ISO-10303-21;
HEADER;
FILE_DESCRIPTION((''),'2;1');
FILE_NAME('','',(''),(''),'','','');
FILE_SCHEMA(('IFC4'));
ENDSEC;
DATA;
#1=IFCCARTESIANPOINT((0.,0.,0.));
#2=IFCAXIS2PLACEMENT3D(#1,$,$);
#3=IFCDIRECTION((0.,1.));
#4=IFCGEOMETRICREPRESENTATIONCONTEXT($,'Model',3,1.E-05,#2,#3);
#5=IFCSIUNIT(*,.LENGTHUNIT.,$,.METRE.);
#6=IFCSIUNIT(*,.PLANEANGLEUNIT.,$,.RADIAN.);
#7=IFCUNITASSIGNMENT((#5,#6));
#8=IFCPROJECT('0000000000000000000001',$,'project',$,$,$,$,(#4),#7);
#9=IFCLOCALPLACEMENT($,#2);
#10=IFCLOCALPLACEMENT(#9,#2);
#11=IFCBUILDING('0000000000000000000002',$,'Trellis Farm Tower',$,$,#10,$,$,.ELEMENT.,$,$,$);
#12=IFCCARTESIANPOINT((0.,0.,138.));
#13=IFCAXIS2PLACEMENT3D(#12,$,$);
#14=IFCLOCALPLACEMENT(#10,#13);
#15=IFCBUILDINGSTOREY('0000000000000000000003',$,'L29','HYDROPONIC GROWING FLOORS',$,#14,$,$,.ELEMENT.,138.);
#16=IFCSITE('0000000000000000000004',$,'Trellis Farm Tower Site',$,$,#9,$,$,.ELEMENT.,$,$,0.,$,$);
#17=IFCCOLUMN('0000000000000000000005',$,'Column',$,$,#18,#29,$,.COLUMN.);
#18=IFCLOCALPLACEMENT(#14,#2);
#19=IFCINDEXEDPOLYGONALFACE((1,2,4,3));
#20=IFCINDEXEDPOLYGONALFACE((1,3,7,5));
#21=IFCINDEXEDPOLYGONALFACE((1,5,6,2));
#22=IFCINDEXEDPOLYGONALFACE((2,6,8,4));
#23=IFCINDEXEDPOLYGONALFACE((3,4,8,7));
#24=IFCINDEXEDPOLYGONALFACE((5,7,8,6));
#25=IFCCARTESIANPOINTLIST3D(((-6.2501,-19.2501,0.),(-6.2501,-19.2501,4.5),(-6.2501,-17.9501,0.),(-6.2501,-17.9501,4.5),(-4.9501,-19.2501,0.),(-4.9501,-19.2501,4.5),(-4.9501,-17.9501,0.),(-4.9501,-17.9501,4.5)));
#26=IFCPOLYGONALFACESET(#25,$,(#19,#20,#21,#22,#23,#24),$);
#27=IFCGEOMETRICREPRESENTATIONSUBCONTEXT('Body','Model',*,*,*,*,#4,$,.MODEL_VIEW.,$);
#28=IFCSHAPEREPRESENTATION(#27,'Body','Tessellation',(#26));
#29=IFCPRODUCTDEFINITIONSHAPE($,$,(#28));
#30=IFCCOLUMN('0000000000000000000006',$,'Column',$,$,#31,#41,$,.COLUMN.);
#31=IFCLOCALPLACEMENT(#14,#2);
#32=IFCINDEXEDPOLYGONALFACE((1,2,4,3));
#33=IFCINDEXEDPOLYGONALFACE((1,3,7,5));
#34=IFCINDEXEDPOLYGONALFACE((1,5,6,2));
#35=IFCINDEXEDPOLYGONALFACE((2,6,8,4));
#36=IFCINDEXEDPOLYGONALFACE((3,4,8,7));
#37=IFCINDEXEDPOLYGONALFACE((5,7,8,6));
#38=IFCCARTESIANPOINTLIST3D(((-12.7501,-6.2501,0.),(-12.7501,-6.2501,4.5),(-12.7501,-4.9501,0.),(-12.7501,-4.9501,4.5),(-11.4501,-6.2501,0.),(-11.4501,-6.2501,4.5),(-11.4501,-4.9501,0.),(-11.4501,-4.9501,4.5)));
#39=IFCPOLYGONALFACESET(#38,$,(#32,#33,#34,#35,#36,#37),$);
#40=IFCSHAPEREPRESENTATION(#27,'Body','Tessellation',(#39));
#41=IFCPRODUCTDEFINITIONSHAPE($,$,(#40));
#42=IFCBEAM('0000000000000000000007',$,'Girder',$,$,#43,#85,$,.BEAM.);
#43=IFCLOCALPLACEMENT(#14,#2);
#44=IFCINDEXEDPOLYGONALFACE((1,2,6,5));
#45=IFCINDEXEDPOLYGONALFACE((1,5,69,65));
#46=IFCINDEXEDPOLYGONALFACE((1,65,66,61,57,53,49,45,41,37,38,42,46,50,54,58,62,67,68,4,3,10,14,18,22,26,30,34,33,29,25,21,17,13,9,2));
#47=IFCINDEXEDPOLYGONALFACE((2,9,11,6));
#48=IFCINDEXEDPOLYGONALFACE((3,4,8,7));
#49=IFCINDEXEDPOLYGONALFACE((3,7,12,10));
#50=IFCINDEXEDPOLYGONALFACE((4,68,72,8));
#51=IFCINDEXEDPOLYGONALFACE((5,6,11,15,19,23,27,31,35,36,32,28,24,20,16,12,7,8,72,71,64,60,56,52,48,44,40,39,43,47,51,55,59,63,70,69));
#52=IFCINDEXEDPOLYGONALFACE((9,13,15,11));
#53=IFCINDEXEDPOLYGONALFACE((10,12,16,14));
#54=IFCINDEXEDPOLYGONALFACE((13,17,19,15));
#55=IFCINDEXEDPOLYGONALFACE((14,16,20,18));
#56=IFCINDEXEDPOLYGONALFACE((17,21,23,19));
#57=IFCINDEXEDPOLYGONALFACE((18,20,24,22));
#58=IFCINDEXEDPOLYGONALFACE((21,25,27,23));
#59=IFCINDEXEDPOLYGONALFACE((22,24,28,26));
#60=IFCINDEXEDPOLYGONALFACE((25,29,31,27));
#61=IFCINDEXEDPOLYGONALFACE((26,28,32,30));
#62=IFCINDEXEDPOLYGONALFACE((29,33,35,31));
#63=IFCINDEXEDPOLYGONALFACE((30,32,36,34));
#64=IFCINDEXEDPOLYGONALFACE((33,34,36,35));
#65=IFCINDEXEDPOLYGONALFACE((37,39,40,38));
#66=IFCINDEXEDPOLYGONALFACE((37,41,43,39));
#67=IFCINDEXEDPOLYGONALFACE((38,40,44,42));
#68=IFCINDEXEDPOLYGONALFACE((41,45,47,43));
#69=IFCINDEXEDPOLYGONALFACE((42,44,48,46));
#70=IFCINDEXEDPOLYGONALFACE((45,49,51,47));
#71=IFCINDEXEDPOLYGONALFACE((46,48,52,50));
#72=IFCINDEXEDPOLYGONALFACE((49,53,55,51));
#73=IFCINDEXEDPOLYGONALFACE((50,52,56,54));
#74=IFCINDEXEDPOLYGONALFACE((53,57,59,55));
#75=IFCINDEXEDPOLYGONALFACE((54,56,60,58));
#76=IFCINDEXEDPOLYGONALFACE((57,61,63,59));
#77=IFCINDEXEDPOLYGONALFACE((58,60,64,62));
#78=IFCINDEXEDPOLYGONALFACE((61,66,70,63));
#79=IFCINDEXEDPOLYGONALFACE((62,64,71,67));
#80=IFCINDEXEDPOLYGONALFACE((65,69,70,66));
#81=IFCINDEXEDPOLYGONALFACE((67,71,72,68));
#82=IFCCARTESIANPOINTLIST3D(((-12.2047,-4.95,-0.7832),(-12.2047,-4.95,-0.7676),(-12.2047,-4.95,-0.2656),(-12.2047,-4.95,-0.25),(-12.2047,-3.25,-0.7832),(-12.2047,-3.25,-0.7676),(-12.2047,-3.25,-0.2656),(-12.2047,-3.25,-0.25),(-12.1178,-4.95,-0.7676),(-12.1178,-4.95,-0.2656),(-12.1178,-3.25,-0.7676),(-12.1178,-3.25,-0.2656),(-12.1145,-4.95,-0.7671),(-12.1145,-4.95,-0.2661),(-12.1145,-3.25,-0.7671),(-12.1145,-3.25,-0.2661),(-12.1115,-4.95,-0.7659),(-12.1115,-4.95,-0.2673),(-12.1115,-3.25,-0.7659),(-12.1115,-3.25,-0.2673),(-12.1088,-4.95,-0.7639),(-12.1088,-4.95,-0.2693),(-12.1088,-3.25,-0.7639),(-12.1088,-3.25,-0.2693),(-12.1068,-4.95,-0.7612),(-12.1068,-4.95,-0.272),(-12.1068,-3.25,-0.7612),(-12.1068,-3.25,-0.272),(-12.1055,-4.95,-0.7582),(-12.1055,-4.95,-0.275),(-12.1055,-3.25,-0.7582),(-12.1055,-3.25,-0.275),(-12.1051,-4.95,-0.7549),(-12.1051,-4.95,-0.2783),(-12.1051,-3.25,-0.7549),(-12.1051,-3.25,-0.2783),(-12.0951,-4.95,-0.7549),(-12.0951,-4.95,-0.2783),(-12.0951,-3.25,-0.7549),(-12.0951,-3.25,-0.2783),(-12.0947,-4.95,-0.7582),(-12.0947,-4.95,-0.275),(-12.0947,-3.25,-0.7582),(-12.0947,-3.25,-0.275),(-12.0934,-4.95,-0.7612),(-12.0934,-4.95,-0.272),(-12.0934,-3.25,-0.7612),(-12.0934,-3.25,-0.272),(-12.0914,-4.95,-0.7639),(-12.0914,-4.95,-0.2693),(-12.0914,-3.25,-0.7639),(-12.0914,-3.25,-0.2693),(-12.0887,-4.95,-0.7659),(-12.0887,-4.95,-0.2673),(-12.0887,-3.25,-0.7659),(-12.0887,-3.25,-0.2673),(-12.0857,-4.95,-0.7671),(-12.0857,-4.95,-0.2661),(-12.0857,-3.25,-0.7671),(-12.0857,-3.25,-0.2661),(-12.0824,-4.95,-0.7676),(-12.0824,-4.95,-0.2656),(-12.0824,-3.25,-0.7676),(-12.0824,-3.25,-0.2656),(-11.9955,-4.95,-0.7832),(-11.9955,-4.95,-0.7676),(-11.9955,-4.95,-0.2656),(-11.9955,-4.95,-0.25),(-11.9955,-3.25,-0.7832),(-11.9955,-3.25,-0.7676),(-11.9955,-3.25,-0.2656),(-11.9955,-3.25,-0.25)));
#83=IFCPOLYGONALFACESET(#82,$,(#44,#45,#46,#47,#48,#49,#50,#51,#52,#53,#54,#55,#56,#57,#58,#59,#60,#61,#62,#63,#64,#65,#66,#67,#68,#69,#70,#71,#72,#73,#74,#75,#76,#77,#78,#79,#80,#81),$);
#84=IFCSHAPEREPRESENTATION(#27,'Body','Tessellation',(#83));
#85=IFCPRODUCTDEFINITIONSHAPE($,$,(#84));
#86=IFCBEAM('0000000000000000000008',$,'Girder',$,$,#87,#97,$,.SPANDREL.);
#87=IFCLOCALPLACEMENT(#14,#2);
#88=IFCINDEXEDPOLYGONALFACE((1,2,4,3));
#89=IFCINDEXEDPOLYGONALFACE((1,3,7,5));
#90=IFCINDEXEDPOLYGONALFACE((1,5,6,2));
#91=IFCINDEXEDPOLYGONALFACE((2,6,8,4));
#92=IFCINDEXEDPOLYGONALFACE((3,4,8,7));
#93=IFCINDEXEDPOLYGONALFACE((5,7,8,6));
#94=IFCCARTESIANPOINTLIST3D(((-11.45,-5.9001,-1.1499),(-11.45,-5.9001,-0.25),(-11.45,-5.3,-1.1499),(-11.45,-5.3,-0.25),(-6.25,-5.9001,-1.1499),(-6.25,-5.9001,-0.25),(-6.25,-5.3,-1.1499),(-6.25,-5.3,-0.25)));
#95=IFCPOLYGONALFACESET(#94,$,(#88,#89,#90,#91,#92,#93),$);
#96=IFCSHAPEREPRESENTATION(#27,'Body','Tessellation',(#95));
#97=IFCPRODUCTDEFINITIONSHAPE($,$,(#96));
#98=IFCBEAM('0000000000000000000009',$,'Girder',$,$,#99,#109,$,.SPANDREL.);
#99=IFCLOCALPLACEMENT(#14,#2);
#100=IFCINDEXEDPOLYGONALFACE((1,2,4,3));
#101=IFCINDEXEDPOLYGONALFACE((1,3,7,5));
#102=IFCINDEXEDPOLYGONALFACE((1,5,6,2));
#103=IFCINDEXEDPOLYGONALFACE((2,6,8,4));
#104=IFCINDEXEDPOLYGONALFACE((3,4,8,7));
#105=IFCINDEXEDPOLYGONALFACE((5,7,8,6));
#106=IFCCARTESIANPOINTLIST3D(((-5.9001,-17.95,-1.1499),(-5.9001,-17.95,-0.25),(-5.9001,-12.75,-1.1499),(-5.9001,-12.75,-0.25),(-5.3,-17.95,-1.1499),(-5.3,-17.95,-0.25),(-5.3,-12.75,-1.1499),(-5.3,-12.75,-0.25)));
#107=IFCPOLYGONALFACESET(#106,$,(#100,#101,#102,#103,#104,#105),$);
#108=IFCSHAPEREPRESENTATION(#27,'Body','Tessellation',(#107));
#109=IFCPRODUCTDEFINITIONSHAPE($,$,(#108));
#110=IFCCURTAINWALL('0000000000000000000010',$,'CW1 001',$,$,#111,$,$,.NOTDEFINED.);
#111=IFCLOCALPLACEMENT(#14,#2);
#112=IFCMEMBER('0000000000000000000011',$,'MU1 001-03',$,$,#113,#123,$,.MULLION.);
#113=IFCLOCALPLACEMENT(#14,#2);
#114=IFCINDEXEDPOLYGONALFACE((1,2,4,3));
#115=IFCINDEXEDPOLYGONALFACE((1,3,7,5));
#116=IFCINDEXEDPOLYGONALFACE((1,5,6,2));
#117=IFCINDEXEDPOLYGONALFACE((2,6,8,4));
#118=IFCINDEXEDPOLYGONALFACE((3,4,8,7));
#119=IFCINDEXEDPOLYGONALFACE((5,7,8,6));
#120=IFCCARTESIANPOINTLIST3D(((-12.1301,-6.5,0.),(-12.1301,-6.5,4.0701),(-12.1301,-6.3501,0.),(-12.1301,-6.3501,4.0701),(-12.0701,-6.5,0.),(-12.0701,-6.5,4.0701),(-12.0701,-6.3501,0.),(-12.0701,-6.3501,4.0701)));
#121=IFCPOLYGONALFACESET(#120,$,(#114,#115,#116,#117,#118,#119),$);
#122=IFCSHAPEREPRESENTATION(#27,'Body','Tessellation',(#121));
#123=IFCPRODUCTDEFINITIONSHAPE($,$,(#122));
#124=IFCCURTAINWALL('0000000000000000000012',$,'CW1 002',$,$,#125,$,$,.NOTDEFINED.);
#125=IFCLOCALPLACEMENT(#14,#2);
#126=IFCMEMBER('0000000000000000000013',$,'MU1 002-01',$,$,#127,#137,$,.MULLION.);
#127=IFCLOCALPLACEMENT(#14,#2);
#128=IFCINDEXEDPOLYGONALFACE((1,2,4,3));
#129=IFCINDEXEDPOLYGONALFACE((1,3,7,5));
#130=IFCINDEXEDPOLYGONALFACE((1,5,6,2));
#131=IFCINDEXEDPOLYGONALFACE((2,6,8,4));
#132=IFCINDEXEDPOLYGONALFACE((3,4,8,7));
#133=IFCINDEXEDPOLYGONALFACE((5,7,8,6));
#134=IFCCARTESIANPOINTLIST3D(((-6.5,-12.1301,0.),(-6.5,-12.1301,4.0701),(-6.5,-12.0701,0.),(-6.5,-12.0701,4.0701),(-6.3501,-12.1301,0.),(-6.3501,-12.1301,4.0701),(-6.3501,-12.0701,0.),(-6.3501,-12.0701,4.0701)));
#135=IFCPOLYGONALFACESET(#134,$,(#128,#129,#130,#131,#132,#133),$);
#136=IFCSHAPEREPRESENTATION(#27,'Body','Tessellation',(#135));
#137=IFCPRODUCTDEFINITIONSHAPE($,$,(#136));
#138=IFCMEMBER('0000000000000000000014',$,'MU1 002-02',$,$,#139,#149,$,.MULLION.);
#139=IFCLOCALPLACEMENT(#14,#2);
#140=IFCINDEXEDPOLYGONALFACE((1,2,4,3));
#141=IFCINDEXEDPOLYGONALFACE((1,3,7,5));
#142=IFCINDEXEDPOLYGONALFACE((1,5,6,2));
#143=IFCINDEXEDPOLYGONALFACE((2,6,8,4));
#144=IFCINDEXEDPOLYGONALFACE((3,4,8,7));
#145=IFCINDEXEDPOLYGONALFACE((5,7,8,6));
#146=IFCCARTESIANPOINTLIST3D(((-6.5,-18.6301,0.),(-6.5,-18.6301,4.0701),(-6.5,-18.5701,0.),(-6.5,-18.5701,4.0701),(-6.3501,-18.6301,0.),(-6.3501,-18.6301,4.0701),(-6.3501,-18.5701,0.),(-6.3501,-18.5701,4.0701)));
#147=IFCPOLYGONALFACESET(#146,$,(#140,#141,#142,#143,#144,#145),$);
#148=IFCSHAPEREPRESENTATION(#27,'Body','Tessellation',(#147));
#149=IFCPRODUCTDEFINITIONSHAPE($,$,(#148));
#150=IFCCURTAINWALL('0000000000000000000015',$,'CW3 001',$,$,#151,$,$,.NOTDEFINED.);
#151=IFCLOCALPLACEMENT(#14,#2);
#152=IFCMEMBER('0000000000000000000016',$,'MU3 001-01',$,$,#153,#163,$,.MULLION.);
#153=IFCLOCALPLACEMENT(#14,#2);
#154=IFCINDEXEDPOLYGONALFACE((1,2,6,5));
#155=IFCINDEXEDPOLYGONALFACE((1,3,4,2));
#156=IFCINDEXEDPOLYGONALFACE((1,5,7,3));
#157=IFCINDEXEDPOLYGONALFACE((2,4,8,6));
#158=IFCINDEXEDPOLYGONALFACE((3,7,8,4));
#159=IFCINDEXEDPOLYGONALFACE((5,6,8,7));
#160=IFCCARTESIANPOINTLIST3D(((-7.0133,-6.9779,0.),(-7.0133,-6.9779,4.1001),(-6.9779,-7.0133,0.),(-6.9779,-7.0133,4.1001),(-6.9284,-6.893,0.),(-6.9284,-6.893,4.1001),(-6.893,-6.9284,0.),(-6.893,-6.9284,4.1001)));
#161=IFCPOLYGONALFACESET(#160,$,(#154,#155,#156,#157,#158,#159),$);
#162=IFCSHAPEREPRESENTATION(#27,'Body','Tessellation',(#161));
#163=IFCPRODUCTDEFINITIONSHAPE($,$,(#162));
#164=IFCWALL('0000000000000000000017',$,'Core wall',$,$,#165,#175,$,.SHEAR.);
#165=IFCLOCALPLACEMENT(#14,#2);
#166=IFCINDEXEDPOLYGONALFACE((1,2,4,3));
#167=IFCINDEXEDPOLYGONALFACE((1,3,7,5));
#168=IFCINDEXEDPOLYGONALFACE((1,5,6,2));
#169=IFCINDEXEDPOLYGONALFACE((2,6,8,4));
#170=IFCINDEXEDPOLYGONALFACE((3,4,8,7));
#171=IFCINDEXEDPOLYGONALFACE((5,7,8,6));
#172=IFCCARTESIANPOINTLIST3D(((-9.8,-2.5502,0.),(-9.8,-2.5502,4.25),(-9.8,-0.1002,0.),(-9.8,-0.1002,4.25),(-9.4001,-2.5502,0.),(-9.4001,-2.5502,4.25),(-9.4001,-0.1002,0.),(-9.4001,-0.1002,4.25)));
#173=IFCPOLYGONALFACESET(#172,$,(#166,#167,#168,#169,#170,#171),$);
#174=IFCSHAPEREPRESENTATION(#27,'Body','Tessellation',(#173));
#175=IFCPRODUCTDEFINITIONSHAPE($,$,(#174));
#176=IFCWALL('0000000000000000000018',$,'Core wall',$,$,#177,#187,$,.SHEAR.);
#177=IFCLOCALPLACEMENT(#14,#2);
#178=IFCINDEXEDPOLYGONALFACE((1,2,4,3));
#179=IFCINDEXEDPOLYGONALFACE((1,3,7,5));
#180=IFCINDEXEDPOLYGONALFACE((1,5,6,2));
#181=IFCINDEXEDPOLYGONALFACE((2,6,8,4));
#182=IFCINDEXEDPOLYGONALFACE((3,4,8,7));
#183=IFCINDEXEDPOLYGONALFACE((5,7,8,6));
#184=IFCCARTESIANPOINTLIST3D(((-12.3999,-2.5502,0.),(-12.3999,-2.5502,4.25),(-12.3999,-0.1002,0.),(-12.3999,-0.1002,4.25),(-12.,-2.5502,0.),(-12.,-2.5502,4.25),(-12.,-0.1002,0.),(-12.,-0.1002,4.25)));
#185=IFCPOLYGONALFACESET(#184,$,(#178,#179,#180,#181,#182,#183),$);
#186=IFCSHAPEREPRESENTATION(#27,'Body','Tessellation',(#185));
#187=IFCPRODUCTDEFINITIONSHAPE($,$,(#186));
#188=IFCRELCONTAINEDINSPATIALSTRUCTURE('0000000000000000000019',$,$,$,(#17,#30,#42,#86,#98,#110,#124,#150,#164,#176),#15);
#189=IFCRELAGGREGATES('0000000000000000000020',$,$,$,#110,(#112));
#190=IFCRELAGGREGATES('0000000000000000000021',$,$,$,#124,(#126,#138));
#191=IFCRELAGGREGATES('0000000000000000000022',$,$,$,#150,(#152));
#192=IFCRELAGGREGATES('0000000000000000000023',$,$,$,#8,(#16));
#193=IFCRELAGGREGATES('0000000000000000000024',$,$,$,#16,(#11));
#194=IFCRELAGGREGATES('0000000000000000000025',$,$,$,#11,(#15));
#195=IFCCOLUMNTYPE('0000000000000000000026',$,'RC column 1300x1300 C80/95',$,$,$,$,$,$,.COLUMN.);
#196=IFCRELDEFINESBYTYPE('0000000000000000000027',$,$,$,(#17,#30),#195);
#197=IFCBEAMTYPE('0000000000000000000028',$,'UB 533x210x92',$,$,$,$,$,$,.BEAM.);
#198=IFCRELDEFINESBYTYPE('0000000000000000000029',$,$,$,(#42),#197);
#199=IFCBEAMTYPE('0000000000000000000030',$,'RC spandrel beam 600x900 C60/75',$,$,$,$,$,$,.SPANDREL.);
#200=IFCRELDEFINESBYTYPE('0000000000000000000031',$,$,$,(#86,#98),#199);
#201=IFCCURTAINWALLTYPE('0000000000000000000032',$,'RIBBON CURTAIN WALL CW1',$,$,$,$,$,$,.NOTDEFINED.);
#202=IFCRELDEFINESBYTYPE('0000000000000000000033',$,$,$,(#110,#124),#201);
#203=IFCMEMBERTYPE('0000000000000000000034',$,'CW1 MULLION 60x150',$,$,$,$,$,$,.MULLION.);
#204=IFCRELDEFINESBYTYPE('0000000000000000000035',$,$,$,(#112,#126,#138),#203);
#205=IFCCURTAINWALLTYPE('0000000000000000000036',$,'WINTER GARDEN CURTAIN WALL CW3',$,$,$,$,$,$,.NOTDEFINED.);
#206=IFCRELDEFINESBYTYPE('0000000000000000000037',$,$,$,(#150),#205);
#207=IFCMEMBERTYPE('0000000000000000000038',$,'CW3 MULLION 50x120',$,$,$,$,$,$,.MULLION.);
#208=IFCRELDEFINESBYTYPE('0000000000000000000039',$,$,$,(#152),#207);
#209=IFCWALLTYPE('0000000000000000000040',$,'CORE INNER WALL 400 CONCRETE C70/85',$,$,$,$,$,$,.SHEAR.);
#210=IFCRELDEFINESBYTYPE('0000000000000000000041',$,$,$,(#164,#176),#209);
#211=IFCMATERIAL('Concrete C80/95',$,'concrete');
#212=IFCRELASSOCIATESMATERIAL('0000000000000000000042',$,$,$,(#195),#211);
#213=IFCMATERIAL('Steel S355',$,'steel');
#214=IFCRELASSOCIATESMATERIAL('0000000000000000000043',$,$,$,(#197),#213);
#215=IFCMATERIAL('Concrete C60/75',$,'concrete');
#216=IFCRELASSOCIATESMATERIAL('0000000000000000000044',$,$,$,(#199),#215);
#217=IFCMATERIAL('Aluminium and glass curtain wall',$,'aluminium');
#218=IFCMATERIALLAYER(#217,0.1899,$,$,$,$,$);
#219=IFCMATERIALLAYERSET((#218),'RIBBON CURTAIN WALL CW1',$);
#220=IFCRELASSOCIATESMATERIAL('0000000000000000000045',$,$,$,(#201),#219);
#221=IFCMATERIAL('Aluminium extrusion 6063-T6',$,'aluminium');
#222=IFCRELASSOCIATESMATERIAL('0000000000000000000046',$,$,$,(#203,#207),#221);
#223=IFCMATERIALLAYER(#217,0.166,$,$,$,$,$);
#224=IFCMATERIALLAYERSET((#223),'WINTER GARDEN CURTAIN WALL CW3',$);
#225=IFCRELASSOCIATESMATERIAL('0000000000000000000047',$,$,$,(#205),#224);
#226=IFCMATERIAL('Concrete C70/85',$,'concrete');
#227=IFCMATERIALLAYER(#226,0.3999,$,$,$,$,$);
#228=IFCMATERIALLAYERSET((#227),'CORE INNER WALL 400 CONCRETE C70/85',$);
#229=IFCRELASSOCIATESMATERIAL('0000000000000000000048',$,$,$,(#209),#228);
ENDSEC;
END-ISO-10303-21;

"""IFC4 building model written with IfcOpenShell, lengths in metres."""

from ifc_helpers import new_model, si_unit, direction, frame, frame_2d, origin, origin_2d, place, context, subcontext, project, spatial, rectangle, i_section, extrude, source, transform, mapped, material, layer, layer_set, material_profile, profile_set, type_object, element, aggregate, save


model = new_model("IFC4")

# Units and contexts
model_context = context("Model", 3, precision=1e-05, world=origin(), true_north=direction((0.0, 1.0)))
body_context = subcontext(model_context, "Body", "Model", "MODEL_VIEW")
ifc_project = project(units=[si_unit("LENGTHUNIT", "METRE"), si_unit("PLANEANGLEUNIT", "RADIAN")], contexts=[model_context])

# Site, building, storey
site_placement = place(None, origin())
site = spatial("IfcSite", under=ifc_project, at=site_placement, Name="Trellis Farm Tower Site", CompositionType="ELEMENT", RefElevation=0.0)
building_placement = place(site_placement, origin())
building = spatial("IfcBuilding", under=site, at=building_placement, Name="Trellis Farm Tower", CompositionType="ELEMENT")
storey_placement = place(building_placement, frame((0.0, 0.0, 138.0)))
storey = spatial("IfcBuildingStorey", under=building, at=storey_placement, Name="L29", Description="HYDROPONIC GROWING FLOORS", CompositionType="ELEMENT", Elevation=138.0)

# Columns
ifc_material_1 = material(Name="Concrete C80/95", Category="concrete")
ifc_material_profile_1 = material_profile(ifc_material_1, rectangle(XDim=1.3, YDim=1.3, at=origin_2d()), Name="RC column 1300x1300 C80/95")
ifc_profile_set_1 = profile_set([ifc_material_profile_1], Name="Concrete C80/95")
column_type = type_object("IfcColumnType", Name="RC column 1300x1300 C80/95", PredefinedType="COLUMN", material=ifc_profile_set_1)
shared_shape_1 = source(origin(), body_context, "Body", "SweptSolid", [
    extrude(rectangle(XDim=1.3, YDim=1.3, at=origin_2d()), origin(), (0.0, 0.0, 1.0), 4.5),
])
for number, where, z_axis, x_axis, name in (
    (1, (-5.6001, -18.6001, 0.0), (0.0, 0.0, 1.0), (1.0, 0.0, 0.0), "Column"),
    (2, (-12.1001, -5.6001, 0.0), (0.0, 0.0, 1.0), (1.0, 0.0, 0.0), "Column"),
):
    element("IfcColumn", number, at=place(storey_placement, frame(where, z_axis=z_axis, x_axis=x_axis)), inside=storey, type_object=column_type, Name=name, PredefinedType="COLUMN", context=body_context, shape_type="MappedRepresentation", body=[
        mapped(shared_shape_1, transform((0.0, 0.0, 0.0))),
    ])

# Beams
ifc_material_2 = material(Name="Steel S355", Category="steel")
ifc_material_profile_2 = material_profile(ifc_material_2, i_section(OverallWidth=0.2092, OverallDepth=0.5332, WebThickness=0.01, FlangeThickness=0.0156, FilletRadius=0.0127, at=origin_2d()), Name="UB 533x210x92")
ifc_profile_set_2 = profile_set([ifc_material_profile_2], Name="Steel S355")
beam_type_1 = type_object("IfcBeamType", Name="UB 533x210x92", PredefinedType="BEAM", material=ifc_profile_set_2)
shared_shape_2 = source(origin(), body_context, "Body", "SweptSolid", [
    extrude(i_section(OverallWidth=0.2092, OverallDepth=0.5332, WebThickness=0.01, FlangeThickness=0.0156, FilletRadius=0.0127, at=origin_2d()), origin(), (0.0, 0.0, 1.0), 1.7),
])
beam_placement = place(storey_placement, frame((-12.1001, -4.95, -0.5166), z_axis=(0.0, 1.0, 0.0), x_axis=(-1.0, 0.0, 0.0)))
element("IfcBeam", 3, at=beam_placement, inside=storey, type_object=beam_type_1, Name="Girder", PredefinedType="BEAM", context=body_context, shape_type="MappedRepresentation", body=[
    mapped(shared_shape_2, transform((0.0, 0.0, 0.0))),
])
ifc_material_3 = material(Name="Concrete C60/75", Category="concrete")
ifc_material_profile_3 = material_profile(ifc_material_3, rectangle(XDim=0.6001, YDim=0.8999, at=origin_2d()), Name="RC spandrel beam 600x900 C60/75")
ifc_profile_set_3 = profile_set([ifc_material_profile_3], Name="Concrete C60/75")
beam_type_2 = type_object("IfcBeamType", Name="RC spandrel beam 600x900 C60/75", PredefinedType="SPANDREL", material=ifc_profile_set_3)
shared_shape_3 = source(origin(), body_context, "Body", "SweptSolid", [
    extrude(rectangle(XDim=0.6001, YDim=0.8999, at=origin_2d()), origin(), (0.0, 0.0, 1.0), 5.2),
])
for number, where, z_axis, x_axis, name in (
    (4, (-11.45, -5.6001, -0.7), (1.0, 0.0, 0.0), (0.0, 1.0, 0.0), "Girder"),
    (5, (-5.6001, -17.95, -0.7), (0.0, 1.0, 0.0), (-1.0, 0.0, 0.0), "Girder"),
):
    element("IfcBeam", number, at=place(storey_placement, frame(where, z_axis=z_axis, x_axis=x_axis)), inside=storey, type_object=beam_type_2, Name=name, PredefinedType="SPANDREL", context=body_context, shape_type="MappedRepresentation", body=[
        mapped(shared_shape_3, transform((0.0, 0.0, 0.0))),
    ])

# Curtain wall, member
ifc_material_4 = material(Name="Aluminium and glass curtain wall", Category="aluminium")
ifc_layer_1 = layer(ifc_material_4, 0.1899)
ifc_layer_set_1 = layer_set([ifc_layer_1], Name="RIBBON CURTAIN WALL CW1")
curtain_wall_type_1 = type_object("IfcCurtainWallType", Name="RIBBON CURTAIN WALL CW1", PredefinedType="NOTDEFINED", material=ifc_layer_set_1)
placement = place(storey_placement, origin())
curtain_wall_1 = element("IfcCurtainWall", 6, at=placement, inside=storey, type_object=curtain_wall_type_1, Name="CW1 001", PredefinedType="NOTDEFINED")
ifc_material_5 = material(Name="Aluminium extrusion 6063-T6", Category="aluminium")
ifc_material_profile_4 = material_profile(ifc_material_5, rectangle(XDim=0.0601, YDim=0.1499, at=origin_2d()), Name="MULLION 60x150")
ifc_profile_set_4 = profile_set([ifc_material_profile_4], Name="Aluminium extrusion 6063-T6")
member_type_1 = type_object("IfcMemberType", Name="CW1 MULLION 60x150", PredefinedType="MULLION", material=ifc_profile_set_4)
shared_shape_4 = source(origin(), body_context, "Body", "SweptSolid", [
    extrude(rectangle(XDim=0.0601, YDim=0.1499, at=origin_2d()), origin(), (0.0, 0.0, 1.0), 4.0701),
])
member_1_placement = place(storey_placement, frame((-12.1001, -6.425, 0.0), z_axis=(0.0, 0.0, 1.0), x_axis=(1.0, 0.0, 0.0)))
member_1 = element("IfcMember", 7, at=member_1_placement, type_object=member_type_1, Name="MU1 001-03", PredefinedType="MULLION", context=body_context, shape_type="MappedRepresentation", body=[
    mapped(shared_shape_4, transform((0.0, 0.0, 0.0))),
])
aggregate(curtain_wall_1, [member_1])

# Curtain wall, members
curtain_wall_2 = element("IfcCurtainWall", 8, at=placement, inside=storey, type_object=curtain_wall_type_1, Name="CW1 002", PredefinedType="NOTDEFINED")
member_2_placement = place(storey_placement, frame((-6.425, -12.1001, 0.0), z_axis=(0.0, 0.0, 1.0), x_axis=(0.0, -1.0, 0.0)))
member_2 = element("IfcMember", 9, at=member_2_placement, type_object=member_type_1, Name="MU1 002-01", PredefinedType="MULLION", context=body_context, shape_type="MappedRepresentation", body=[
    mapped(shared_shape_4, transform((0.0, 0.0, 0.0))),
])
member_3_placement = place(storey_placement, frame((-6.425, -18.6001, 0.0), z_axis=(0.0, 0.0, 1.0), x_axis=(0.0, -1.0, 0.0)))
member_3 = element("IfcMember", 10, at=member_3_placement, type_object=member_type_1, Name="MU1 002-02", PredefinedType="MULLION", context=body_context, shape_type="MappedRepresentation", body=[
    mapped(shared_shape_4, transform((0.0, 0.0, 0.0))),
])
aggregate(curtain_wall_2, [member_2, member_3])

# Curtain wall, member
ifc_layer_2 = layer(ifc_material_4, 0.166)
ifc_layer_set_2 = layer_set([ifc_layer_2], Name="WINTER GARDEN CURTAIN WALL CW3")
curtain_wall_type_2 = type_object("IfcCurtainWallType", Name="WINTER GARDEN CURTAIN WALL CW3", PredefinedType="NOTDEFINED", material=ifc_layer_set_2)
curtain_wall_3 = element("IfcCurtainWall", 11, at=placement, inside=storey, type_object=curtain_wall_type_2, Name="CW3 001", PredefinedType="NOTDEFINED")
ifc_material_profile_5 = material_profile(ifc_material_5, rectangle(XDim=0.05, YDim=0.1201, at=origin_2d()), Name="MULLION 50x120")
ifc_profile_set_5 = profile_set([ifc_material_profile_5], Name="Aluminium extrusion 6063-T6")
member_type_2 = type_object("IfcMemberType", Name="CW3 MULLION 50x120", PredefinedType="MULLION", material=ifc_profile_set_5)
shared_shape_5 = source(origin(), body_context, "Body", "SweptSolid", [
    extrude(rectangle(XDim=0.05, YDim=0.1201, at=origin_2d()), origin(), (0.0, 0.0, 1.0), 4.1001),
])
member_4_placement = place(storey_placement, frame((-6.9531, -6.9531, 0.0), z_axis=(0.0, 0.0, 1.0), x_axis=(0.707107, -0.707107, 0.0)))
member_4 = element("IfcMember", 12, at=member_4_placement, type_object=member_type_2, Name="MU3 001-01", PredefinedType="MULLION", context=body_context, shape_type="MappedRepresentation", body=[
    mapped(shared_shape_5, transform((0.0, 0.0, 0.0))),
])
aggregate(curtain_wall_3, [member_4])

# Walls
ifc_material_6 = material(Name="Concrete C70/85", Category="concrete")
ifc_layer_3 = layer(ifc_material_6, 0.3999)
ifc_layer_set_3 = layer_set([ifc_layer_3], Name="CORE INNER WALL 400 CONCRETE C70/85")
wall_type_1 = type_object("IfcWallType", Name="CORE INNER WALL 400 CONCRETE C70/85", PredefinedType="SHEAR", material=ifc_layer_set_3)
shared_shape_6 = source(origin(), body_context, "Body", "SweptSolid", [
    extrude(rectangle(XDim=2.45, YDim=0.3999, at=frame_2d((1.2251, 0.0))), origin(), (0.0, 0.0, 1.0), 4.25),
])
for number, where, z_axis, x_axis, name in (
    (13, (-9.6001, -0.1001, 0.0), (0.0, 0.0, 1.0), (0.0, -1.0, 0.0), "Core wall"),
    (14, (-12.2, -0.1001, 0.0), (0.0, 0.0, 1.0), (0.0, -1.0, 0.0), "Core wall"),
):
    element("IfcWall", number, at=place(storey_placement, frame(where, z_axis=z_axis, x_axis=x_axis)), inside=storey, type_object=wall_type_1, Name=name, PredefinedType="SHEAR", context=body_context, shape_type="MappedRepresentation", body=[
        mapped(shared_shape_6, transform((0.0, 0.0, 0.0))),
    ])

save(model, "model.ifc")
